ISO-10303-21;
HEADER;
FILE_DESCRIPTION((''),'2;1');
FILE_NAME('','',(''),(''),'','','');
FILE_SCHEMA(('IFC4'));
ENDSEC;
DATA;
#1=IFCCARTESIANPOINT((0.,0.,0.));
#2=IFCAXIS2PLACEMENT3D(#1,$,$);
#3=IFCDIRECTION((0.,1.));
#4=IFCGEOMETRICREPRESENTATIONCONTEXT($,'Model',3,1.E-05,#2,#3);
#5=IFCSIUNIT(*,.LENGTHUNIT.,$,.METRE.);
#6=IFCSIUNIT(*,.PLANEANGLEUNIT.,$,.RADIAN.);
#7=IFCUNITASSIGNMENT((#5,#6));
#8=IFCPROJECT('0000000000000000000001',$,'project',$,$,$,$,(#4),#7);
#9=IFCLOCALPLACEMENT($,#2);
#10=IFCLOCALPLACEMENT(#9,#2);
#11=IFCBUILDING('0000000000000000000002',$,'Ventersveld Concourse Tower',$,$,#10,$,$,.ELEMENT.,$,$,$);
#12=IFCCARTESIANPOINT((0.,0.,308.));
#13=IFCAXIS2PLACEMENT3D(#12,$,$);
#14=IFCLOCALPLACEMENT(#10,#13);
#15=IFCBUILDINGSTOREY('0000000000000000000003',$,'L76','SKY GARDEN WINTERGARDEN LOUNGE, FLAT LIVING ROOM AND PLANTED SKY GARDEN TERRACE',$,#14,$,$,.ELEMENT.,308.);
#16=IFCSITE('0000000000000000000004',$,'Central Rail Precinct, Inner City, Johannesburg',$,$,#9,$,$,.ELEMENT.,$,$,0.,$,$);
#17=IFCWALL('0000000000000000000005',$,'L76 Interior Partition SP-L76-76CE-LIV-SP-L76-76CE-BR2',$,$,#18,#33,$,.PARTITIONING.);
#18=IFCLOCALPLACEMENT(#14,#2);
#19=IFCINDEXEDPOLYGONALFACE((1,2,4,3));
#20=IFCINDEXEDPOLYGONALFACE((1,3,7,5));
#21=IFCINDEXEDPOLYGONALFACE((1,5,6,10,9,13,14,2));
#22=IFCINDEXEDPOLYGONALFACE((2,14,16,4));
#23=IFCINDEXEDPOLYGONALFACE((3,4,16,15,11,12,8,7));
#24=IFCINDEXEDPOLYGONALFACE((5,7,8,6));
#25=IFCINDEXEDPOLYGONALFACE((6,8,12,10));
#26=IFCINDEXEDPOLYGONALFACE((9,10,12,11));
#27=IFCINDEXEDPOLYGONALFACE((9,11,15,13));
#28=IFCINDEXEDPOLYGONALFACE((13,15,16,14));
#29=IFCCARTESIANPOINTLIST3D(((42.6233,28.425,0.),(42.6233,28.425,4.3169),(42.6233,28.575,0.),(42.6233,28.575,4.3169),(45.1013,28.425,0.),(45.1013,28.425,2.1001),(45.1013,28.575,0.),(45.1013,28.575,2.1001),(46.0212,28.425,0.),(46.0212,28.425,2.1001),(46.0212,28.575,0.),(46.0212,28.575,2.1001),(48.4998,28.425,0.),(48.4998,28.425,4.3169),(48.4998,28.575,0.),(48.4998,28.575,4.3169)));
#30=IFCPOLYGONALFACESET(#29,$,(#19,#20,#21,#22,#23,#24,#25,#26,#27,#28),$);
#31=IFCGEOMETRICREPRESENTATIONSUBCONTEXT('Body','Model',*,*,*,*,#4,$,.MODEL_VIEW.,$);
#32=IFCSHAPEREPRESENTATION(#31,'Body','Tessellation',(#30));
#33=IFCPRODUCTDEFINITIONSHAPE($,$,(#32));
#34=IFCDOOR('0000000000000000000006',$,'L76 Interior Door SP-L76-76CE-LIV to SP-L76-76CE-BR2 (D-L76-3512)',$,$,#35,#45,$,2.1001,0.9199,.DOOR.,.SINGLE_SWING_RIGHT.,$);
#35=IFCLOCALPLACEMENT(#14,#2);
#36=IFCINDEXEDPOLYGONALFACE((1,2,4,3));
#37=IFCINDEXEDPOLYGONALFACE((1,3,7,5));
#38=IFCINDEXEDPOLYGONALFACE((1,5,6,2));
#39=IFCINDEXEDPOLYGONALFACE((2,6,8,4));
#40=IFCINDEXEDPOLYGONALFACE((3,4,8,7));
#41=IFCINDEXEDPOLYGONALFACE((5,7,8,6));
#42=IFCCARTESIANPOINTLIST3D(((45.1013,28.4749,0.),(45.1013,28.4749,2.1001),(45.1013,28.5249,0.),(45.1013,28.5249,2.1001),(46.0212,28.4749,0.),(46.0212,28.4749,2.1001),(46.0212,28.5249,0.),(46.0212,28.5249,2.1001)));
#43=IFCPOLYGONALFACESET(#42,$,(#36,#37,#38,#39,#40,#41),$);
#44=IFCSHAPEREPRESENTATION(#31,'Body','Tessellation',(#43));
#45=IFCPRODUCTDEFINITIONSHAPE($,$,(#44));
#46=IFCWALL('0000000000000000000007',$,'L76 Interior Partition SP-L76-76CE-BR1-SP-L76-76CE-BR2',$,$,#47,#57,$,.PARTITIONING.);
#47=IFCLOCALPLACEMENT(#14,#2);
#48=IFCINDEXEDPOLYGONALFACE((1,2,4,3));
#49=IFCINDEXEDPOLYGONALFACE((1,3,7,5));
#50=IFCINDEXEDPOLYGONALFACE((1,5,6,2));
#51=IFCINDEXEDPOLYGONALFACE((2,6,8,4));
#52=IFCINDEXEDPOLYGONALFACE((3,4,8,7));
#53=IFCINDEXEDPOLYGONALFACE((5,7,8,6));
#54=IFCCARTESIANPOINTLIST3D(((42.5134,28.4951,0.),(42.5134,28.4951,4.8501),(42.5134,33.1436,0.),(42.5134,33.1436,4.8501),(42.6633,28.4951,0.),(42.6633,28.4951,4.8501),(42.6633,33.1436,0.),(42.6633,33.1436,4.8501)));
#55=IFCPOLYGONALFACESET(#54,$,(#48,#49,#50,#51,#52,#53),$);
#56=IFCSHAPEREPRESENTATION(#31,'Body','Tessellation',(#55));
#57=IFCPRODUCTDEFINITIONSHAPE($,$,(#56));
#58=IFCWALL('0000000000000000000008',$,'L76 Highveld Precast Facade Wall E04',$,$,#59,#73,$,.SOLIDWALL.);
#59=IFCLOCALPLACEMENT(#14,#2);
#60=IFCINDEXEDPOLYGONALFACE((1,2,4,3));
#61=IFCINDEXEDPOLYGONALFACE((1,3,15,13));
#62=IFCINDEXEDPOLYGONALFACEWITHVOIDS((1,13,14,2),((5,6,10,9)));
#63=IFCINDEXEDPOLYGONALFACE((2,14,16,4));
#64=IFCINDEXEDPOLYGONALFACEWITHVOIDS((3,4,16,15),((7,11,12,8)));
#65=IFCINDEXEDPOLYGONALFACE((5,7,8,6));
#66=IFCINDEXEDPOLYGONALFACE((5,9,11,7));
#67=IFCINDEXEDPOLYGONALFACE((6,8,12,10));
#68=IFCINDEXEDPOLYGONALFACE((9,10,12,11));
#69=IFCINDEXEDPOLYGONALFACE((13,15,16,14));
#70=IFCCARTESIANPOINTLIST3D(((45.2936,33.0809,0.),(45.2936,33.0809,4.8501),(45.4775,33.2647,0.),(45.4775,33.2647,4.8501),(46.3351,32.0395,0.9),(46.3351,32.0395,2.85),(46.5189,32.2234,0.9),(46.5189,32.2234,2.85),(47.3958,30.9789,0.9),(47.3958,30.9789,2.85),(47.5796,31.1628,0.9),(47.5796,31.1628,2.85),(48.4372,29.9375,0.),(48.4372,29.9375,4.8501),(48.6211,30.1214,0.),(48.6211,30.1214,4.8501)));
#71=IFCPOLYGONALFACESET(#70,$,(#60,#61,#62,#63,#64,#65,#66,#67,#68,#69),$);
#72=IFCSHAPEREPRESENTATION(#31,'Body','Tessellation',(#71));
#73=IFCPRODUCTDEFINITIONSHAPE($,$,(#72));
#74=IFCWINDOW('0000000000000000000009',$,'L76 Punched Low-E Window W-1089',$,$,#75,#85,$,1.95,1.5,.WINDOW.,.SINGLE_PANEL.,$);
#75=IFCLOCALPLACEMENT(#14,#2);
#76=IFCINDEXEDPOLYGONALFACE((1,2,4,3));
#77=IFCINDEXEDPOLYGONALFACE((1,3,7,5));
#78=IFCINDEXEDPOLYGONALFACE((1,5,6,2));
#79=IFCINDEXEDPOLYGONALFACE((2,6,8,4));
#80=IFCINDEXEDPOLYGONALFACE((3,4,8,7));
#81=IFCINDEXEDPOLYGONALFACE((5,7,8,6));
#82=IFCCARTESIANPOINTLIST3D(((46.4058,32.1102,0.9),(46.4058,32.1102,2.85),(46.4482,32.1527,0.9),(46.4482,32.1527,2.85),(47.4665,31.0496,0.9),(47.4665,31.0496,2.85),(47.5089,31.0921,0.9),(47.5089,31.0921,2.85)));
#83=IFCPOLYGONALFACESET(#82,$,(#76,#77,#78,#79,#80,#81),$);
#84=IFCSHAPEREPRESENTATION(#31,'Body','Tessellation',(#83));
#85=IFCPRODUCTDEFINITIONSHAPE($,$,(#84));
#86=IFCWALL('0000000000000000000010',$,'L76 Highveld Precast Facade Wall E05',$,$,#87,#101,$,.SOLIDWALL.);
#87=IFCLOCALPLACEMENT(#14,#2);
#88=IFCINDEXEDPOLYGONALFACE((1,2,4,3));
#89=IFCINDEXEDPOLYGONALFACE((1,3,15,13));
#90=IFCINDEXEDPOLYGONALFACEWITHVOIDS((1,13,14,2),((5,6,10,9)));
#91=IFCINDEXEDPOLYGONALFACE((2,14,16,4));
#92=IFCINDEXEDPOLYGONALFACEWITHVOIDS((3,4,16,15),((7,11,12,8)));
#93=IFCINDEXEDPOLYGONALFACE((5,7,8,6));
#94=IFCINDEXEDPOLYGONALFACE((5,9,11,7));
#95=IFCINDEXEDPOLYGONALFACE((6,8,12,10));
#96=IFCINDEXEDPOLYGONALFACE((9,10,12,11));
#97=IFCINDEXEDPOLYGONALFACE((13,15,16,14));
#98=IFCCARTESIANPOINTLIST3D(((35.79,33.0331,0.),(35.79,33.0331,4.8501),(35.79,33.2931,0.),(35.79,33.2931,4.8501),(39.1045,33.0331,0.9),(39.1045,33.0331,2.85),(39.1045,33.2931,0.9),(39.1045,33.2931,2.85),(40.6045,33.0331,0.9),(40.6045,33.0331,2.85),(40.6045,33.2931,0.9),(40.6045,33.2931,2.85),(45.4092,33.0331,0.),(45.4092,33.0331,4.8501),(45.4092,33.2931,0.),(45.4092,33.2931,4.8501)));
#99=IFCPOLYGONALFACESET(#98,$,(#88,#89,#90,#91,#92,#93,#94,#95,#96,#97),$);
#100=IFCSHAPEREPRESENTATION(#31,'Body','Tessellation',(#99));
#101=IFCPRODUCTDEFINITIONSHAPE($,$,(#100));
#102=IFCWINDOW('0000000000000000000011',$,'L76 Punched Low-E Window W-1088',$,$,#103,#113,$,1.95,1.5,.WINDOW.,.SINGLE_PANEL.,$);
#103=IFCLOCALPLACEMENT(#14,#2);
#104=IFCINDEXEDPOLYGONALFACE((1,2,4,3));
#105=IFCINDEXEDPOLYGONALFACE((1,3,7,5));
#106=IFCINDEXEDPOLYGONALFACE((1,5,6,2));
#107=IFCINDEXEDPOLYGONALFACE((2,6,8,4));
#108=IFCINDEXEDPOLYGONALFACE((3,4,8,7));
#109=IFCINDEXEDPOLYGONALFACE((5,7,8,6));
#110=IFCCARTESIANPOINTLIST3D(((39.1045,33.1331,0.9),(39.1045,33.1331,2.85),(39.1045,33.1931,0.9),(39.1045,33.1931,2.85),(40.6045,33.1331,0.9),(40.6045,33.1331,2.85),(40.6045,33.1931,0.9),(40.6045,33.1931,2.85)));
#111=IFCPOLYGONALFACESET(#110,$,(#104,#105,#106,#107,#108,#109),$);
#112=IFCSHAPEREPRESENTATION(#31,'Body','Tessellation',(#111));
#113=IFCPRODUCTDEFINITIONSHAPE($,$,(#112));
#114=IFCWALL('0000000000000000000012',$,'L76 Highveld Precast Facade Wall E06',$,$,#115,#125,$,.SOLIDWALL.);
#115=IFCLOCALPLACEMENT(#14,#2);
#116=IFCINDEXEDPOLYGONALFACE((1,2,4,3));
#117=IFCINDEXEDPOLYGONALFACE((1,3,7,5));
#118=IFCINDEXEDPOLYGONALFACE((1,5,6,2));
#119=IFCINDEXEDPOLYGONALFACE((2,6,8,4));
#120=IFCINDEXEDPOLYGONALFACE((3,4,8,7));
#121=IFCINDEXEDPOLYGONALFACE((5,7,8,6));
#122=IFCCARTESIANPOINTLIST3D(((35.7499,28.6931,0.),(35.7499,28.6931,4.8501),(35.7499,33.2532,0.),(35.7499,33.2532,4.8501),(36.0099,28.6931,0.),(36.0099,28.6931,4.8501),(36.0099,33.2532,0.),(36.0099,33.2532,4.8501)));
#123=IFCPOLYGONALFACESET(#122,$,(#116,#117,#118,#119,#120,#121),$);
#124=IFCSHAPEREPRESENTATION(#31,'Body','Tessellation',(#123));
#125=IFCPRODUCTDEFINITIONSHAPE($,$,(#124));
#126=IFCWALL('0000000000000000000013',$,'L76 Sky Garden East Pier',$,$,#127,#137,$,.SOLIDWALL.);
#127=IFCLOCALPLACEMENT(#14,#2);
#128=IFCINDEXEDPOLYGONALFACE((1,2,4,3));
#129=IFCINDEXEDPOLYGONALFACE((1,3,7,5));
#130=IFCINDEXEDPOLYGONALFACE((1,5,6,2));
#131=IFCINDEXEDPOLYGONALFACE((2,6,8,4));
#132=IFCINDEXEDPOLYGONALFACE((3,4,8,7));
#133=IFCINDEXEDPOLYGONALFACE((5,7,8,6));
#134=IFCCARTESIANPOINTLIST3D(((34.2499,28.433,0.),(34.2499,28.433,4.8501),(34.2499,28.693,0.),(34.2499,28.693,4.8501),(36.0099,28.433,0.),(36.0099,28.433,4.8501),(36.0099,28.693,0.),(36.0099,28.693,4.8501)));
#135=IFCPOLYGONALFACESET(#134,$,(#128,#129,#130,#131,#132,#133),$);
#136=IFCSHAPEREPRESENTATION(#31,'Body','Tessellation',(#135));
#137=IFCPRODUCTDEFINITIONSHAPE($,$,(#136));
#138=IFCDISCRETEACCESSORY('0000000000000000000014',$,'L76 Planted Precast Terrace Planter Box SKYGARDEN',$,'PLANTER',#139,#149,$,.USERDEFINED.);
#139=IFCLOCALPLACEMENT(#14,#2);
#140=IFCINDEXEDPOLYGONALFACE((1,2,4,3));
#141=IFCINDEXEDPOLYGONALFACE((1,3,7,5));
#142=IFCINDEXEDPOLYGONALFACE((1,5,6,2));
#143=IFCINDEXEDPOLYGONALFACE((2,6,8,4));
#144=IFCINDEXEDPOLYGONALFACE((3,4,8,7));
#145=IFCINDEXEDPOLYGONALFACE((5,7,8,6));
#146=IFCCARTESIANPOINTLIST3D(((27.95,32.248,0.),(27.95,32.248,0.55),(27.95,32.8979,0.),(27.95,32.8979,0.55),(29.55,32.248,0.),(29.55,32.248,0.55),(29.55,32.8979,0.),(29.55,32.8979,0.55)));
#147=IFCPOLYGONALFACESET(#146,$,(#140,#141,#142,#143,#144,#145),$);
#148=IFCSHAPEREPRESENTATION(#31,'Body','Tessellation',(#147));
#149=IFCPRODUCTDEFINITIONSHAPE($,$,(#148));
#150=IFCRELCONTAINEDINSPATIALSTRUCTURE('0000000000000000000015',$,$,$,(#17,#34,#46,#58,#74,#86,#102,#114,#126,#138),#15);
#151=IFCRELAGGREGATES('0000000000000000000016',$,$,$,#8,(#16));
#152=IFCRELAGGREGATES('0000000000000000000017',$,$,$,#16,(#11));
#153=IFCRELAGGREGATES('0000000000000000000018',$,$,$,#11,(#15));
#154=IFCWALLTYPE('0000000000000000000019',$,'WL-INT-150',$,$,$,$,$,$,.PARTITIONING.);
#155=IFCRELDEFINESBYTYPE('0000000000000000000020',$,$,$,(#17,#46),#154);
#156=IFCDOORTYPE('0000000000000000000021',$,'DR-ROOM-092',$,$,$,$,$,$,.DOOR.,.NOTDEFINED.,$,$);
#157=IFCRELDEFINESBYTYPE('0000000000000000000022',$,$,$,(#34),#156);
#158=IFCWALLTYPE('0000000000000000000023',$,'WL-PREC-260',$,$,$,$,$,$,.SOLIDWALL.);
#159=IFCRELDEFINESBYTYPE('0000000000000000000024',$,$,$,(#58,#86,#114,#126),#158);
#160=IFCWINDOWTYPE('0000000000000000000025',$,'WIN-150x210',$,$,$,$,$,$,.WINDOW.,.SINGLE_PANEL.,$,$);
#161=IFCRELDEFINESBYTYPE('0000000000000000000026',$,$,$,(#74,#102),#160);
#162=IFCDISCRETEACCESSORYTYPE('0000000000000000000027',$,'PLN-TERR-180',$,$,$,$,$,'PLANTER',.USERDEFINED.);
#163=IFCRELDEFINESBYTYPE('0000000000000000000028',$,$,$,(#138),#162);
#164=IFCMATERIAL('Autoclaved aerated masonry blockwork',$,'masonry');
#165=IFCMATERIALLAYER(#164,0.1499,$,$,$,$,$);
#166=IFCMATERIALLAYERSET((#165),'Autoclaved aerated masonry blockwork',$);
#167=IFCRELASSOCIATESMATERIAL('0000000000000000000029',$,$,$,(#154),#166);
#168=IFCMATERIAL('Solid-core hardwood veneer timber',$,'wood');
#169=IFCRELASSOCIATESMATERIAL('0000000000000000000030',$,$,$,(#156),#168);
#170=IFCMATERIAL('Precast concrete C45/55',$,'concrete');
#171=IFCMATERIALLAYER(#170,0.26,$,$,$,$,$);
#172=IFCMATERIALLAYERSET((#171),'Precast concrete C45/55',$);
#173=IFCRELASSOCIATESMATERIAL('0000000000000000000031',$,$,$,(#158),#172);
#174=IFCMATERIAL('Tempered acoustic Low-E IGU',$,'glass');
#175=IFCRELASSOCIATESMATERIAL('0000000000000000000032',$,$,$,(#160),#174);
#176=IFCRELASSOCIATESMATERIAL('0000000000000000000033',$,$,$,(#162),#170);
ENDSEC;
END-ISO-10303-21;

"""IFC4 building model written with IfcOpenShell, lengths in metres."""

from ifc_helpers import new_model, si_unit, direction, frame, frame_2d, origin, origin_2d, place, context, subcontext, project, spatial, rectangle, extrude, material, layer, layer_set, type_object, element, fill, save


model = new_model("IFC4")

# Units and contexts
model_context = context("Model", 3, precision=1e-05, world=origin(), true_north=direction((0.0, 1.0)))
body_context = subcontext(model_context, "Body", "Model", "MODEL_VIEW")
ifc_project = project(units=[si_unit("LENGTHUNIT", "METRE"), si_unit("PLANEANGLEUNIT", "RADIAN")], contexts=[model_context])

# Site, building, storey
site_placement = place(None, origin())
site = spatial("IfcSite", under=ifc_project, at=site_placement, Name="Central Rail Precinct, Inner City, Johannesburg", CompositionType="ELEMENT", RefElevation=0.0)
building_placement = place(site_placement, origin())
building = spatial("IfcBuilding", under=site, at=building_placement, Name="Ventersveld Concourse Tower", CompositionType="ELEMENT")
storey_placement = place(building_placement, frame((0.0, 0.0, 308.0)))
storey = spatial("IfcBuildingStorey", under=building, at=storey_placement, Name="L76", Description="SKY GARDEN WINTERGARDEN LOUNGE, FLAT LIVING ROOM AND PLANTED SKY GARDEN TERRACE", CompositionType="ELEMENT", Elevation=308.0)

# Shared definitions
ifc_material_1 = material(Name="Autoclaved aerated masonry blockwork", Category="masonry")
ifc_layer_1 = layer(ifc_material_1, 0.1499)
ifc_layer_set_1 = layer_set([ifc_layer_1], Name="Autoclaved aerated masonry blockwork")
wall_type_1 = type_object("IfcWallType", Name="WL-INT-150", PredefinedType="PARTITIONING", material=ifc_layer_set_1)

# Wall, opening, door
ifc_material_2 = material(Name="Solid-core hardwood veneer timber", Category="wood")
door_type = type_object("IfcDoorType", Name="DR-ROOM-092", OperationType="NOTDEFINED", PredefinedType="DOOR", material=ifc_material_2)
wall_1_placement = place(storey_placement, frame((42.6233, 28.5, 0.0), z_axis=(0.0, 0.0, 1.0), x_axis=(1.0, 0.0, 0.0)))
wall_1 = element("IfcWall", 1, at=wall_1_placement, inside=storey, type_object=wall_type_1, Name="L76 Interior Partition SP-L76-76CE-LIV-SP-L76-76CE-BR2", PredefinedType="PARTITIONING", context=body_context, shape_type="SweptSolid", body=[
    extrude(rectangle(XDim=5.8765, YDim=0.1499, at=frame_2d((2.9382, 0.0))), origin(), (0.0, 0.0, 1.0), 4.3169),
])
opening_1_placement = place(wall_1_placement, frame((2.478, 0.0, 0.0)))
opening_1 = element("IfcOpeningElement", 2, at=opening_1_placement, cuts=wall_1, PredefinedType="OPENING", context=body_context, shape_type="SweptSolid", body=[
    extrude(rectangle(XDim=0.9199, YDim=2.1001, at=frame_2d((0.46, 1.05))), frame((0.0, 0.085, 0.0), z_axis=(0.0, -1.0, 0.0), x_axis=(1.0, 0.0, 0.0)), (0.0, 0.0, 1.0), 0.1699),
])
door_1_placement = place(opening_1_placement, origin())
door_1 = element("IfcDoor", 3, at=door_1_placement, inside=storey, type_object=door_type, Name="L76 Interior Door SP-L76-76CE-LIV to SP-L76-76CE-BR2 (D-L76-3512)", OperationType="SINGLE_SWING_RIGHT", OverallHeight=2.1001, OverallWidth=0.9199, PredefinedType="DOOR", context=body_context, shape_type="SweptSolid", body=[
    extrude(rectangle(XDim=0.9199, YDim=2.1001, at=frame_2d((0.46, 1.05))), frame((0.0, 0.0249, 0.0), z_axis=(0.0, -1.0, 0.0), x_axis=(1.0, 0.0, 0.0)), (0.0, 0.0, 1.0), 0.05),
])
fill(opening_1, door_1)

# Wall
wall_2_placement = place(storey_placement, frame((42.5884, 28.4951, 0.0), z_axis=(0.0, 0.0, 1.0), x_axis=(0.0, 1.0, 0.0)))
element("IfcWall", 4, at=wall_2_placement, inside=storey, type_object=wall_type_1, Name="L76 Interior Partition SP-L76-76CE-BR1-SP-L76-76CE-BR2", PredefinedType="PARTITIONING", context=body_context, shape_type="SweptSolid", body=[
    extrude(rectangle(XDim=4.6484, YDim=0.1499, at=frame_2d((2.3242, 0.0))), origin(), (0.0, 0.0, 1.0), 4.8501),
])

# Walls, openings, windows
ifc_material_3 = material(Name="Precast concrete C45/55", Category="concrete")
ifc_layer_2 = layer(ifc_material_3, 0.26)
ifc_layer_set_2 = layer_set([ifc_layer_2], Name="Precast concrete C45/55")
wall_type_2 = type_object("IfcWallType", Name="WL-PREC-260", PredefinedType="SOLIDWALL", material=ifc_layer_set_2)
wall_3_placement = place(storey_placement, frame((48.5291, 30.0295, 0.0), z_axis=(0.0, 0.0, 1.0), x_axis=(-0.707134, 0.707079, 0.0)))
wall_3 = element("IfcWall", 5, at=wall_3_placement, inside=storey, type_object=wall_type_2, Name="L76 Highveld Precast Facade Wall E04", PredefinedType="SOLIDWALL", context=body_context, shape_type="SweptSolid", body=[
    extrude(rectangle(XDim=4.4456, YDim=0.26, at=frame_2d((2.2227, 0.0))), origin(), (0.0, 0.0, 1.0), 4.8501),
])
opening_2_placement = place(wall_3_placement, frame((1.4727, 0.0, 0.8999)))
opening_2 = element("IfcOpeningElement", 6, at=opening_2_placement, cuts=wall_3, PredefinedType="OPENING", context=body_context, shape_type="SweptSolid", body=[
    extrude(rectangle(XDim=1.5, YDim=1.95, at=frame_2d((0.75, 0.9751))), frame((0.0, 0.1401, 0.0), z_axis=(0.0, -1.0, 0.0), x_axis=(1.0, 0.0, 0.0)), (0.0, 0.0, 1.0), 0.28),
])
ifc_material_4 = material(Name="Tempered acoustic Low-E IGU", Category="glass")
window_type = type_object("IfcWindowType", Name="WIN-150x210", PartitioningType="SINGLE_PANEL", PredefinedType="WINDOW", material=ifc_material_4)
window_1_placement = place(opening_2_placement, origin())
window_1 = element("IfcWindow", 7, at=window_1_placement, inside=storey, type_object=window_type, Name="L76 Punched Low-E Window W-1089", OverallHeight=1.95, OverallWidth=1.5, PartitioningType="SINGLE_PANEL", PredefinedType="WINDOW", context=body_context, shape_type="SweptSolid", body=[
    extrude(rectangle(XDim=1.5, YDim=1.95, at=frame_2d((0.75, 0.9751))), frame((0.0, 0.03, 0.0), z_axis=(0.0, -1.0, 0.0), x_axis=(1.0, 0.0, 0.0)), (0.0, 0.0, 1.0), 0.0601),
])
fill(opening_2, window_1)
wall_4_placement = place(storey_placement, frame((45.4092, 33.1631, 0.0), z_axis=(0.0, 0.0, 1.0), x_axis=(-1.0, 0.0, 0.0)))
wall_4 = element("IfcWall", 8, at=wall_4_placement, inside=storey, type_object=wall_type_2, Name="L76 Highveld Precast Facade Wall E05", PredefinedType="SOLIDWALL", context=body_context, shape_type="SweptSolid", body=[
    extrude(rectangle(XDim=9.6191, YDim=0.26, at=frame_2d((4.8096, 0.0))), origin(), (0.0, 0.0, 1.0), 4.8501),
])
opening_3_placement = place(wall_4_placement, frame((4.8047, 0.0, 0.8999)))
opening_3 = element("IfcOpeningElement", 9, at=opening_3_placement, cuts=wall_4, PredefinedType="OPENING", context=body_context, shape_type="SweptSolid", body=[
    extrude(rectangle(XDim=1.5, YDim=1.95, at=frame_2d((0.75, 0.9751))), frame((0.0, 0.1401, 0.0), z_axis=(0.0, -1.0, 0.0), x_axis=(1.0, 0.0, 0.0)), (0.0, 0.0, 1.0), 0.28),
])
window_2_placement = place(opening_3_placement, origin())
window_2 = element("IfcWindow", 10, at=window_2_placement, inside=storey, type_object=window_type, Name="L76 Punched Low-E Window W-1088", OverallHeight=1.95, OverallWidth=1.5, PartitioningType="SINGLE_PANEL", PredefinedType="WINDOW", context=body_context, shape_type="SweptSolid", body=[
    extrude(rectangle(XDim=1.5, YDim=1.95, at=frame_2d((0.75, 0.9751))), frame((0.0, 0.03, 0.0), z_axis=(0.0, -1.0, 0.0), x_axis=(1.0, 0.0, 0.0)), (0.0, 0.0, 1.0), 0.0601),
])
fill(opening_3, window_2)

# Walls
wall_5_placement = place(storey_placement, frame((35.8799, 33.2532, 0.0), z_axis=(0.0, 0.0, 1.0), x_axis=(0.0, -1.0, 0.0)))
element("IfcWall", 11, at=wall_5_placement, inside=storey, type_object=wall_type_2, Name="L76 Highveld Precast Facade Wall E06", PredefinedType="SOLIDWALL", context=body_context, shape_type="SweptSolid", body=[
    extrude(rectangle(XDim=4.5601, YDim=0.26, at=frame_2d((2.28, 0.0))), origin(), (0.0, 0.0, 1.0), 4.8501),
])
wall_6_placement = place(storey_placement, frame((34.25, 28.563, 0.0), z_axis=(0.0, 0.0, 1.0), x_axis=(1.0, 0.0, 0.0)))
element("IfcWall", 12, at=wall_6_placement, inside=storey, type_object=wall_type_2, Name="L76 Sky Garden East Pier", PredefinedType="SOLIDWALL", context=body_context, shape_type="SweptSolid", body=[
    extrude(rectangle(XDim=1.76, YDim=0.26, at=frame_2d((0.8799, 0.0))), origin(), (0.0, 0.0, 1.0), 4.8501),
])

# Discrete accessory
discrete_accessory_type = type_object("IfcDiscreteAccessoryType", Name="PLN-TERR-180", ElementType="PLANTER", PredefinedType="USERDEFINED", material=ifc_material_3)
discrete_accessory_placement = place(storey_placement, frame((28.75, 32.573, 0.0), z_axis=(0.0, 0.0, 1.0), x_axis=(1.0, 0.0, 0.0)))
element("IfcDiscreteAccessory", 13, at=discrete_accessory_placement, inside=storey, type_object=discrete_accessory_type, Name="L76 Planted Precast Terrace Planter Box SKYGARDEN", ObjectType="PLANTER", PredefinedType="USERDEFINED", context=body_context, shape_type="SweptSolid", body=[
    extrude(rectangle(XDim=1.6001, YDim=0.6499, at=origin_2d()), origin(), (0.0, 0.0, 1.0), 0.55),
])

save(model, "model.ifc")
